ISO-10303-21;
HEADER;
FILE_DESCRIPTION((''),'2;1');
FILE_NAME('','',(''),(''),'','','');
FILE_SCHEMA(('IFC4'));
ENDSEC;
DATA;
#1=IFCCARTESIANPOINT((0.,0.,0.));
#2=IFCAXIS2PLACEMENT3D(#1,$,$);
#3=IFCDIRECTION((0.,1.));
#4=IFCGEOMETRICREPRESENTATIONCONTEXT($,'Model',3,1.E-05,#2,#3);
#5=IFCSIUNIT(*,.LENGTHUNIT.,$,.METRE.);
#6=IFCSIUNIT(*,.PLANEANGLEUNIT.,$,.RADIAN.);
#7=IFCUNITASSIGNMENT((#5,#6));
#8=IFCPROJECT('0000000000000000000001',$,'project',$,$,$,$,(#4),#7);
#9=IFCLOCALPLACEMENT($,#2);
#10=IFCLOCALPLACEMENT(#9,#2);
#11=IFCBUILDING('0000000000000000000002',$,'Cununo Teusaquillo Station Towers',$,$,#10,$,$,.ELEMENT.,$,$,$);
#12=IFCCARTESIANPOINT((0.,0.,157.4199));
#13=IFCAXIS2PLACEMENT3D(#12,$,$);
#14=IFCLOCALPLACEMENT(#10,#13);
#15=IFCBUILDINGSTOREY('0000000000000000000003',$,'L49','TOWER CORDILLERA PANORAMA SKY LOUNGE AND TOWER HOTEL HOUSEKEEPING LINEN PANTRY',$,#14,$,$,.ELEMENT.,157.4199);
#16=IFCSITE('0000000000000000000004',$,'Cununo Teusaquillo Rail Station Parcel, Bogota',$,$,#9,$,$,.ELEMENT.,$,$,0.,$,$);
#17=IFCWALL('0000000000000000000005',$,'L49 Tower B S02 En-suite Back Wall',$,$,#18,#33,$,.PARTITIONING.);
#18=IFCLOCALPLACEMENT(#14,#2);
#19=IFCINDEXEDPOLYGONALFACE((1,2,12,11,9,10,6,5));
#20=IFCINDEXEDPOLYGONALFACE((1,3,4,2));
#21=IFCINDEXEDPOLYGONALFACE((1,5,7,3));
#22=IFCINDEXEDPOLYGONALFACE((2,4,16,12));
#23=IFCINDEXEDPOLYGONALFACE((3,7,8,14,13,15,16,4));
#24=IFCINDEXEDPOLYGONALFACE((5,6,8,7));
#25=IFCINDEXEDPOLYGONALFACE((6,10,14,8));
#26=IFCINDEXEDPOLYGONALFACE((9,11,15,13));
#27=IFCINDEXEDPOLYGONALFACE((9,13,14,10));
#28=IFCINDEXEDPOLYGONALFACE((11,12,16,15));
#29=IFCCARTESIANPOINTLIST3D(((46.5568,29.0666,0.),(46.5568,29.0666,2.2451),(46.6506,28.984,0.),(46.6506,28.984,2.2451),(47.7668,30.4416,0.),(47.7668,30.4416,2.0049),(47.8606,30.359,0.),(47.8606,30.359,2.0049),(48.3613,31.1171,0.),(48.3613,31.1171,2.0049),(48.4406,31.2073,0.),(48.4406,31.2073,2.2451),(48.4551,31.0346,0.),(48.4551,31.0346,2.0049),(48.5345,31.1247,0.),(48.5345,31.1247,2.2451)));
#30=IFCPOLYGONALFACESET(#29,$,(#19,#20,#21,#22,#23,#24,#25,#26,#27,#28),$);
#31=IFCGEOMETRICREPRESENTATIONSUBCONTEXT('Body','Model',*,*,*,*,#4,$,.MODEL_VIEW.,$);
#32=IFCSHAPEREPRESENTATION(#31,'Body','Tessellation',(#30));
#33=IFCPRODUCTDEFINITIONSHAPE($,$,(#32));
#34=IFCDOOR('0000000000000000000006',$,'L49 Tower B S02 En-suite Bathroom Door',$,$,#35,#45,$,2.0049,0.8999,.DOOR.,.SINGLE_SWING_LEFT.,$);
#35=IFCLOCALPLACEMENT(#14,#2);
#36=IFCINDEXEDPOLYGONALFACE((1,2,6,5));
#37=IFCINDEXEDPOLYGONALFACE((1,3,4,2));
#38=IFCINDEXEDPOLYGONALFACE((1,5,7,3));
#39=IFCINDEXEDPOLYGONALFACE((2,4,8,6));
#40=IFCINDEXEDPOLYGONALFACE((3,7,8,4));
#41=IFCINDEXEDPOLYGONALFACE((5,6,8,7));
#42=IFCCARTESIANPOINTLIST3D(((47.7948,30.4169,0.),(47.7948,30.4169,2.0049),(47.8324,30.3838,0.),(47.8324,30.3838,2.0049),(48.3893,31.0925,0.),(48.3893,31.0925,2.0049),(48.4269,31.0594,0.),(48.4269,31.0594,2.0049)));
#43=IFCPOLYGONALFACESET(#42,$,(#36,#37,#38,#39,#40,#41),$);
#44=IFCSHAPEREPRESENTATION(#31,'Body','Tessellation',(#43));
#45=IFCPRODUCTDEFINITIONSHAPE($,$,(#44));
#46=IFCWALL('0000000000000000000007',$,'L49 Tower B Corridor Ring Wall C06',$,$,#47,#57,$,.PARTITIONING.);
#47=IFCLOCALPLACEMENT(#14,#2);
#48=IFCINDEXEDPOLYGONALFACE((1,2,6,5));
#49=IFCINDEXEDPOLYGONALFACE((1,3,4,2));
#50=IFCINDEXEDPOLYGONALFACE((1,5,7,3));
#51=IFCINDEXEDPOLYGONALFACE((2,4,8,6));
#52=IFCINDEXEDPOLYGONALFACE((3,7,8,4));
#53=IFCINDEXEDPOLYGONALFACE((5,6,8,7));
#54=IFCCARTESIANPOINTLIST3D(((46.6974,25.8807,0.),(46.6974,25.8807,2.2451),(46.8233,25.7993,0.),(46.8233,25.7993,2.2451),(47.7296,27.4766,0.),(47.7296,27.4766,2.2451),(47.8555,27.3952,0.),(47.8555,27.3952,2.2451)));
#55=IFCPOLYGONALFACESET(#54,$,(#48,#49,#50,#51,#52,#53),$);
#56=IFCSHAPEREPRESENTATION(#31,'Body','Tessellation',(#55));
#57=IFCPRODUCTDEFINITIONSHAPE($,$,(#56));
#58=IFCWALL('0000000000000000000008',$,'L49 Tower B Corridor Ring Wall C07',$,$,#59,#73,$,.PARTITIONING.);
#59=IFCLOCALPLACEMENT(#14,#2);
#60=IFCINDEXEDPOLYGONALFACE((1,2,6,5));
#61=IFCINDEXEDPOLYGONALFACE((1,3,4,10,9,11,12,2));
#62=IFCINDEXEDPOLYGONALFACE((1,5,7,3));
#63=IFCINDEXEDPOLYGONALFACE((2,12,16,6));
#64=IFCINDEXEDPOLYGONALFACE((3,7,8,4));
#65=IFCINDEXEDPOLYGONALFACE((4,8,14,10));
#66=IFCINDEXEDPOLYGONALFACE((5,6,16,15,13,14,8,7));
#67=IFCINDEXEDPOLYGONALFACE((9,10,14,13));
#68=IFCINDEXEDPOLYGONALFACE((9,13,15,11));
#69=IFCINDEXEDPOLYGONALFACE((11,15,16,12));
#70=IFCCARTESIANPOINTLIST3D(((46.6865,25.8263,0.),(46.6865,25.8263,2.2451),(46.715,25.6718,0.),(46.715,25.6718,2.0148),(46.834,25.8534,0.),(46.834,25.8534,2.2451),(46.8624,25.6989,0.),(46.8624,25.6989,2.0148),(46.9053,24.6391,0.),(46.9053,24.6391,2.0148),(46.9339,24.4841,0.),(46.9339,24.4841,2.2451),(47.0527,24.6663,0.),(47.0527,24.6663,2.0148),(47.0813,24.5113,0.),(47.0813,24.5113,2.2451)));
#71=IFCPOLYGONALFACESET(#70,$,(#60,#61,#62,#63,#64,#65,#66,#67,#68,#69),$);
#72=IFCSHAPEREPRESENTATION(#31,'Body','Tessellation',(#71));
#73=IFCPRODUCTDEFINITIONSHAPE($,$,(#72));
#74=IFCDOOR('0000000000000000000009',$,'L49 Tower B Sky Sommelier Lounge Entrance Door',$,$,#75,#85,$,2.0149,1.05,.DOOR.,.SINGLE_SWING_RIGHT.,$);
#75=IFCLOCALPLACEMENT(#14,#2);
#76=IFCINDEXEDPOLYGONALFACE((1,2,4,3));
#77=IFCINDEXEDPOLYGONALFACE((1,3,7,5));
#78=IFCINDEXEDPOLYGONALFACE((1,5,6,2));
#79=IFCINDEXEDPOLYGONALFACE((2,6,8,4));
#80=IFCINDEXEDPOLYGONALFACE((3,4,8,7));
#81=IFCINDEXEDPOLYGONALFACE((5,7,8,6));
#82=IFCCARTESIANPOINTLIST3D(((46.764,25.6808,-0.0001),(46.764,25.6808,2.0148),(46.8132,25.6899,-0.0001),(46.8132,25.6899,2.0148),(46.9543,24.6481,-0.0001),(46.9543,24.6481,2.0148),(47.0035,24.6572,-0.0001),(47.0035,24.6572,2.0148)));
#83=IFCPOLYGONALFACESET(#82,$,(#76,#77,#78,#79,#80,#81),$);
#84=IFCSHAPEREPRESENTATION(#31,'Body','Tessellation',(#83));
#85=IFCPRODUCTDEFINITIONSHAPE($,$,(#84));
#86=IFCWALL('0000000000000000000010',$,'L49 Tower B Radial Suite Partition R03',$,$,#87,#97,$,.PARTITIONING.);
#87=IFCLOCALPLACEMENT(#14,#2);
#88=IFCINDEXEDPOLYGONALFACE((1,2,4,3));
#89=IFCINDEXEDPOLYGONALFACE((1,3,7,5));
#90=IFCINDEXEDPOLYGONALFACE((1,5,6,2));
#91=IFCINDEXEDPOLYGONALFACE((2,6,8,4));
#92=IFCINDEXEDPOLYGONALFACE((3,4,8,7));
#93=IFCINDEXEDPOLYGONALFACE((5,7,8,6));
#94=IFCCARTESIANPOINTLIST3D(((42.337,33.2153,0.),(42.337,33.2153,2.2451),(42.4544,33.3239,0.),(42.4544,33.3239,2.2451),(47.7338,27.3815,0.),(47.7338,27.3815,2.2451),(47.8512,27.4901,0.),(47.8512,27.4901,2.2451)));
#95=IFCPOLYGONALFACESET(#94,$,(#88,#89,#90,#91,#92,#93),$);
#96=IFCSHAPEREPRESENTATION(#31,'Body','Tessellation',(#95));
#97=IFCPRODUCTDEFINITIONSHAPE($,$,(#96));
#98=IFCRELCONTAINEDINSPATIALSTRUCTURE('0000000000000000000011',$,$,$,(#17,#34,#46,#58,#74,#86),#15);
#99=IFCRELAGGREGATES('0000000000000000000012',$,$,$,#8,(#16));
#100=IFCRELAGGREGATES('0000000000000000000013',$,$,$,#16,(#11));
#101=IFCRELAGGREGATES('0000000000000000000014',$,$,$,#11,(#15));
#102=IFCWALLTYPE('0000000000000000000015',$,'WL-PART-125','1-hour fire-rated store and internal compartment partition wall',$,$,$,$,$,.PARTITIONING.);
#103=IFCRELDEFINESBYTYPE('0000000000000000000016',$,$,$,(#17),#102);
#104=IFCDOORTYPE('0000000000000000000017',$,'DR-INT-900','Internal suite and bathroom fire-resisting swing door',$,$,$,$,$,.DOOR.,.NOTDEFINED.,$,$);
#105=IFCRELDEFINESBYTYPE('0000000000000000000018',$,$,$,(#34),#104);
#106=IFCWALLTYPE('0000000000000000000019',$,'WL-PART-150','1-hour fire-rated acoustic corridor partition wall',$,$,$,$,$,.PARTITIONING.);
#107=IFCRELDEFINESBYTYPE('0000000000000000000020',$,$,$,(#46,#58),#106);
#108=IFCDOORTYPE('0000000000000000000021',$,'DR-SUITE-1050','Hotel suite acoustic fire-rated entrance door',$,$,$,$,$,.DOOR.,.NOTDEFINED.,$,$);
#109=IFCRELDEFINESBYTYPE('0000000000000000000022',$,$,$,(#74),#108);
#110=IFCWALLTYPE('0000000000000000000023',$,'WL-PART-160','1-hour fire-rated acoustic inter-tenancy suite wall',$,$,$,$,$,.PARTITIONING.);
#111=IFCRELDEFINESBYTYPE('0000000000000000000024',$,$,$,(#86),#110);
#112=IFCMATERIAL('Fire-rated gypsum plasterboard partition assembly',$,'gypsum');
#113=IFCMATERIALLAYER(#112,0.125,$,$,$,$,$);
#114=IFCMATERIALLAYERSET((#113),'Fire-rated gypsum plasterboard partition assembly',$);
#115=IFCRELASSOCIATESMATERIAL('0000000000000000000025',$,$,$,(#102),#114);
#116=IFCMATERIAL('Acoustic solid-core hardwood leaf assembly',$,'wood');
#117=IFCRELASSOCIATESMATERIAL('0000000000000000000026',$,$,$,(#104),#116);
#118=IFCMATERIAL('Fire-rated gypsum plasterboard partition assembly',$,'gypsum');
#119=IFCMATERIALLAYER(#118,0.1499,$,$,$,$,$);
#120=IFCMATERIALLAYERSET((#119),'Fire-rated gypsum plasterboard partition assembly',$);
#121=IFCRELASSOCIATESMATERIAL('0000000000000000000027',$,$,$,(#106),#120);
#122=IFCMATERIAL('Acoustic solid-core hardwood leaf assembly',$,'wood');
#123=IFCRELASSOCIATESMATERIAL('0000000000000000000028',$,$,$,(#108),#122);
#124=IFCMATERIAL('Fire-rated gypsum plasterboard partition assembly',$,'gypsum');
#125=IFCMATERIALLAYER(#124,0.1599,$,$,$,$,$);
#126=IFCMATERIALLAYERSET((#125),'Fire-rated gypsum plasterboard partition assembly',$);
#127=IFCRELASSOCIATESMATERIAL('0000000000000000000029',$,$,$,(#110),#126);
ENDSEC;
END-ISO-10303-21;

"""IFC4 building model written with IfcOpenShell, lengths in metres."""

from ifc_helpers import new_model, si_unit, direction, frame, frame_2d, origin, place, context, subcontext, project, spatial, rectangle, extrude, source, transform, mapped, material, layer, layer_set, type_object, element, fill, save


model = new_model("IFC4")

# Units and contexts
model_context = context("Model", 3, precision=1e-05, world=origin(), true_north=direction((0.0, 1.0)))
body_context = subcontext(model_context, "Body", "Model", "MODEL_VIEW")
ifc_project = project(units=[si_unit("LENGTHUNIT", "METRE"), si_unit("PLANEANGLEUNIT", "RADIAN")], contexts=[model_context])

# Site, building, storey
site_placement = place(None, origin())
site = spatial("IfcSite", under=ifc_project, at=site_placement, Name="Cununo Teusaquillo Rail Station Parcel, Bogota", CompositionType="ELEMENT", RefElevation=0.0)
building_placement = place(site_placement, origin())
building = spatial("IfcBuilding", under=site, at=building_placement, Name="Cununo Teusaquillo Station Towers", CompositionType="ELEMENT")
storey_placement = place(building_placement, frame((0.0, 0.0, 157.4199)))
storey = spatial("IfcBuildingStorey", under=building, at=storey_placement, Name="L49", Description="TOWER CORDILLERA PANORAMA SKY LOUNGE AND TOWER HOTEL HOUSEKEEPING LINEN PANTRY", CompositionType="ELEMENT", Elevation=157.4199)

# Shared definitions
ifc_material_1 = material(Name="Fire-rated gypsum plasterboard partition assembly", Category="gypsum")
ifc_layer_1 = layer(ifc_material_1, 0.125)
ifc_layer_set_1 = layer_set([ifc_layer_1], Name="Fire-rated gypsum plasterboard partition assembly")
wall_type_1 = type_object("IfcWallType", Name="WL-PART-125", Description="1-hour fire-rated store and internal compartment partition wall", PredefinedType="PARTITIONING", material=ifc_layer_set_1)

# Wall, opening, door
wall_1_placement = place(storey_placement, frame((48.4875, 31.166, 0.0), z_axis=(0.0, 0.0, 1.0), x_axis=(-0.660636, -0.750707, 0.0)))
wall_1 = element("IfcWall", 1, at=wall_1_placement, inside=storey, type_object=wall_type_1, Name="L49 Tower B S02 En-suite Back Wall", PredefinedType="PARTITIONING", context=body_context, shape_type="SweptSolid", body=[
    extrude(rectangle(XDim=2.8516, YDim=0.125, at=frame_2d((1.4258, 0.0))), origin(), (0.0, 0.0, 1.0), 2.2451),
])
shared_shape_1 = source(origin(), body_context, "Body", "SweptSolid", [
    extrude(rectangle(XDim=0.8999, YDim=2.0049, at=frame_2d((0.45, 1.0024))), frame((0.0, 0.0725, 0.0), z_axis=(0.0, -1.0, 0.0), x_axis=(1.0, 0.0, 0.0)), (0.0, 0.0, 1.0), 0.145),
])
opening_1_placement = place(wall_1_placement, frame((0.1201, 0.0, 0.0)))
opening_1 = element("IfcOpeningElement", 2, at=opening_1_placement, cuts=wall_1, PredefinedType="OPENING", context=body_context, shape_type="MappedRepresentation", body=[
    mapped(shared_shape_1, transform((0.0, 0.0, 0.0), x_axis=(1.0, 0.0, 0.0), y_axis=(0.0, 1.0, 0.0), z_axis=(0.0, 0.0, 1.0), scale=1.0)),
])
ifc_material_2 = material(Name="Acoustic solid-core hardwood leaf assembly", Category="wood")
door_type_1 = type_object("IfcDoorType", Name="DR-INT-900", Description="Internal suite and bathroom fire-resisting swing door", OperationType="NOTDEFINED", PredefinedType="DOOR", material=ifc_material_2)
shared_shape_2 = source(origin(), body_context, "Body", "SweptSolid", [
    extrude(rectangle(XDim=0.8999, YDim=2.0049, at=frame_2d((0.45, 1.0024))), frame((0.0, 0.0249, 0.0), z_axis=(0.0, -1.0, 0.0), x_axis=(1.0, 0.0, 0.0)), (0.0, 0.0, 1.0), 0.05),
])
door_1_placement = place(opening_1_placement, origin())
door_1 = element("IfcDoor", 3, at=door_1_placement, inside=storey, type_object=door_type_1, Name="L49 Tower B S02 En-suite Bathroom Door", OperationType="SINGLE_SWING_LEFT", OverallHeight=2.0049, OverallWidth=0.8999, PredefinedType="DOOR", context=body_context, shape_type="MappedRepresentation", body=[
    mapped(shared_shape_2, transform((0.0, 0.0, 0.0), x_axis=(1.0, 0.0, 0.0), y_axis=(0.0, 1.0, 0.0), z_axis=(0.0, 0.0, 1.0), scale=1.0)),
])
fill(opening_1, door_1)

# Wall
ifc_material_3 = material(Name="Fire-rated gypsum plasterboard partition assembly", Category="gypsum")
ifc_layer_2 = layer(ifc_material_3, 0.1499)
ifc_layer_set_2 = layer_set([ifc_layer_2], Name="Fire-rated gypsum plasterboard partition assembly")
wall_type_2 = type_object("IfcWallType", Name="WL-PART-150", Description="1-hour fire-rated acoustic corridor partition wall", PredefinedType="PARTITIONING", material=ifc_layer_set_2)
wall_2_placement = place(storey_placement, frame((47.7925, 27.4358, 0.0), z_axis=(0.0, 0.0, 1.0), x_axis=(-0.543086, -0.839677, 0.0)))
element("IfcWall", 4, at=wall_2_placement, inside=storey, type_object=wall_type_2, Name="L49 Tower B Corridor Ring Wall C06", PredefinedType="PARTITIONING", context=body_context, shape_type="SweptSolid", body=[
    extrude(rectangle(XDim=1.9006, YDim=0.1499, at=frame_2d((0.9502, 0.0))), origin(), (0.0, 0.0, 1.0), 2.2451),
])

# Wall, opening, door
wall_3_placement = place(storey_placement, frame((46.7603, 25.8398, 0.0), z_axis=(0.0, 0.0, 1.0), x_axis=(0.181231, -0.983441, 0.0)))
wall_3 = element("IfcWall", 5, at=wall_3_placement, inside=storey, type_object=wall_type_2, Name="L49 Tower B Corridor Ring Wall C07", PredefinedType="PARTITIONING", context=body_context, shape_type="SweptSolid", body=[
    extrude(rectangle(XDim=1.3647, YDim=0.1499, at=frame_2d((0.6824, 0.0))), origin(), (0.0, 0.0, 1.0), 2.2451),
])
shared_shape_3 = source(origin(), body_context, "Body", "SweptSolid", [
    extrude(rectangle(XDim=1.05, YDim=2.0149, at=frame_2d((0.5249, 1.0073))), frame((0.0, 0.085, 0.0), z_axis=(0.0, -1.0, 0.0), x_axis=(1.0, 0.0, 0.0)), (0.0, 0.0, 1.0), 0.1699),
])
opening_2_placement = place(wall_3_placement, frame((0.1572, 0.0, 0.0)))
opening_2 = element("IfcOpeningElement", 6, at=opening_2_placement, cuts=wall_3, PredefinedType="OPENING", context=body_context, shape_type="MappedRepresentation", body=[
    mapped(shared_shape_3, transform((0.0, 0.0, 0.0), x_axis=(1.0, 0.0, 0.0), y_axis=(0.0, 1.0, 0.0), z_axis=(0.0, 0.0, 1.0), scale=1.0)),
])
ifc_material_4 = material(Name="Acoustic solid-core hardwood leaf assembly", Category="wood")
door_type_2 = type_object("IfcDoorType", Name="DR-SUITE-1050", Description="Hotel suite acoustic fire-rated entrance door", OperationType="NOTDEFINED", PredefinedType="DOOR", material=ifc_material_4)
shared_shape_4 = source(origin(), body_context, "Body", "SweptSolid", [
    extrude(rectangle(XDim=1.05, YDim=2.0149, at=frame_2d((0.5249, 1.0073))), frame((0.0, 0.0249, 0.0), z_axis=(0.0, -1.0, 0.0), x_axis=(1.0, 0.0, 0.0)), (0.0, 0.0, 1.0), 0.05),
])
door_2_placement = place(opening_2_placement, origin())
door_2 = element("IfcDoor", 7, at=door_2_placement, inside=storey, type_object=door_type_2, Name="L49 Tower B Sky Sommelier Lounge Entrance Door", OperationType="SINGLE_SWING_RIGHT", OverallHeight=2.0149, OverallWidth=1.05, PredefinedType="DOOR", context=body_context, shape_type="MappedRepresentation", body=[
    mapped(shared_shape_4, transform((0.0, 0.0, 0.0), x_axis=(1.0, 0.0, 0.0), y_axis=(0.0, 1.0, 0.0), z_axis=(0.0, 0.0, 1.0), scale=1.0)),
])
fill(opening_2, door_2)

# Wall
ifc_material_5 = material(Name="Fire-rated gypsum plasterboard partition assembly", Category="gypsum")
ifc_layer_3 = layer(ifc_material_5, 0.1599)
ifc_layer_set_3 = layer_set([ifc_layer_3], Name="Fire-rated gypsum plasterboard partition assembly")
wall_type_3 = type_object("IfcWallType", Name="WL-PART-160", Description="1-hour fire-rated acoustic inter-tenancy suite wall", PredefinedType="PARTITIONING", material=ifc_layer_set_3)
wall_4_placement = place(storey_placement, frame((47.7925, 27.4358, 0.0), z_axis=(0.0, 0.0, 1.0), x_axis=(-0.679077, 0.734067, 0.0)))
element("IfcWall", 8, at=wall_4_placement, inside=storey, type_object=wall_type_3, Name="L49 Tower B Radial Suite Partition R03", PredefinedType="PARTITIONING", context=body_context, shape_type="SweptSolid", body=[
    extrude(rectangle(XDim=7.9473, YDim=0.1599, at=frame_2d((3.9736, 0.0))), origin(), (0.0, 0.0, 1.0), 2.2451),
])

save(model, "model.ifc")
